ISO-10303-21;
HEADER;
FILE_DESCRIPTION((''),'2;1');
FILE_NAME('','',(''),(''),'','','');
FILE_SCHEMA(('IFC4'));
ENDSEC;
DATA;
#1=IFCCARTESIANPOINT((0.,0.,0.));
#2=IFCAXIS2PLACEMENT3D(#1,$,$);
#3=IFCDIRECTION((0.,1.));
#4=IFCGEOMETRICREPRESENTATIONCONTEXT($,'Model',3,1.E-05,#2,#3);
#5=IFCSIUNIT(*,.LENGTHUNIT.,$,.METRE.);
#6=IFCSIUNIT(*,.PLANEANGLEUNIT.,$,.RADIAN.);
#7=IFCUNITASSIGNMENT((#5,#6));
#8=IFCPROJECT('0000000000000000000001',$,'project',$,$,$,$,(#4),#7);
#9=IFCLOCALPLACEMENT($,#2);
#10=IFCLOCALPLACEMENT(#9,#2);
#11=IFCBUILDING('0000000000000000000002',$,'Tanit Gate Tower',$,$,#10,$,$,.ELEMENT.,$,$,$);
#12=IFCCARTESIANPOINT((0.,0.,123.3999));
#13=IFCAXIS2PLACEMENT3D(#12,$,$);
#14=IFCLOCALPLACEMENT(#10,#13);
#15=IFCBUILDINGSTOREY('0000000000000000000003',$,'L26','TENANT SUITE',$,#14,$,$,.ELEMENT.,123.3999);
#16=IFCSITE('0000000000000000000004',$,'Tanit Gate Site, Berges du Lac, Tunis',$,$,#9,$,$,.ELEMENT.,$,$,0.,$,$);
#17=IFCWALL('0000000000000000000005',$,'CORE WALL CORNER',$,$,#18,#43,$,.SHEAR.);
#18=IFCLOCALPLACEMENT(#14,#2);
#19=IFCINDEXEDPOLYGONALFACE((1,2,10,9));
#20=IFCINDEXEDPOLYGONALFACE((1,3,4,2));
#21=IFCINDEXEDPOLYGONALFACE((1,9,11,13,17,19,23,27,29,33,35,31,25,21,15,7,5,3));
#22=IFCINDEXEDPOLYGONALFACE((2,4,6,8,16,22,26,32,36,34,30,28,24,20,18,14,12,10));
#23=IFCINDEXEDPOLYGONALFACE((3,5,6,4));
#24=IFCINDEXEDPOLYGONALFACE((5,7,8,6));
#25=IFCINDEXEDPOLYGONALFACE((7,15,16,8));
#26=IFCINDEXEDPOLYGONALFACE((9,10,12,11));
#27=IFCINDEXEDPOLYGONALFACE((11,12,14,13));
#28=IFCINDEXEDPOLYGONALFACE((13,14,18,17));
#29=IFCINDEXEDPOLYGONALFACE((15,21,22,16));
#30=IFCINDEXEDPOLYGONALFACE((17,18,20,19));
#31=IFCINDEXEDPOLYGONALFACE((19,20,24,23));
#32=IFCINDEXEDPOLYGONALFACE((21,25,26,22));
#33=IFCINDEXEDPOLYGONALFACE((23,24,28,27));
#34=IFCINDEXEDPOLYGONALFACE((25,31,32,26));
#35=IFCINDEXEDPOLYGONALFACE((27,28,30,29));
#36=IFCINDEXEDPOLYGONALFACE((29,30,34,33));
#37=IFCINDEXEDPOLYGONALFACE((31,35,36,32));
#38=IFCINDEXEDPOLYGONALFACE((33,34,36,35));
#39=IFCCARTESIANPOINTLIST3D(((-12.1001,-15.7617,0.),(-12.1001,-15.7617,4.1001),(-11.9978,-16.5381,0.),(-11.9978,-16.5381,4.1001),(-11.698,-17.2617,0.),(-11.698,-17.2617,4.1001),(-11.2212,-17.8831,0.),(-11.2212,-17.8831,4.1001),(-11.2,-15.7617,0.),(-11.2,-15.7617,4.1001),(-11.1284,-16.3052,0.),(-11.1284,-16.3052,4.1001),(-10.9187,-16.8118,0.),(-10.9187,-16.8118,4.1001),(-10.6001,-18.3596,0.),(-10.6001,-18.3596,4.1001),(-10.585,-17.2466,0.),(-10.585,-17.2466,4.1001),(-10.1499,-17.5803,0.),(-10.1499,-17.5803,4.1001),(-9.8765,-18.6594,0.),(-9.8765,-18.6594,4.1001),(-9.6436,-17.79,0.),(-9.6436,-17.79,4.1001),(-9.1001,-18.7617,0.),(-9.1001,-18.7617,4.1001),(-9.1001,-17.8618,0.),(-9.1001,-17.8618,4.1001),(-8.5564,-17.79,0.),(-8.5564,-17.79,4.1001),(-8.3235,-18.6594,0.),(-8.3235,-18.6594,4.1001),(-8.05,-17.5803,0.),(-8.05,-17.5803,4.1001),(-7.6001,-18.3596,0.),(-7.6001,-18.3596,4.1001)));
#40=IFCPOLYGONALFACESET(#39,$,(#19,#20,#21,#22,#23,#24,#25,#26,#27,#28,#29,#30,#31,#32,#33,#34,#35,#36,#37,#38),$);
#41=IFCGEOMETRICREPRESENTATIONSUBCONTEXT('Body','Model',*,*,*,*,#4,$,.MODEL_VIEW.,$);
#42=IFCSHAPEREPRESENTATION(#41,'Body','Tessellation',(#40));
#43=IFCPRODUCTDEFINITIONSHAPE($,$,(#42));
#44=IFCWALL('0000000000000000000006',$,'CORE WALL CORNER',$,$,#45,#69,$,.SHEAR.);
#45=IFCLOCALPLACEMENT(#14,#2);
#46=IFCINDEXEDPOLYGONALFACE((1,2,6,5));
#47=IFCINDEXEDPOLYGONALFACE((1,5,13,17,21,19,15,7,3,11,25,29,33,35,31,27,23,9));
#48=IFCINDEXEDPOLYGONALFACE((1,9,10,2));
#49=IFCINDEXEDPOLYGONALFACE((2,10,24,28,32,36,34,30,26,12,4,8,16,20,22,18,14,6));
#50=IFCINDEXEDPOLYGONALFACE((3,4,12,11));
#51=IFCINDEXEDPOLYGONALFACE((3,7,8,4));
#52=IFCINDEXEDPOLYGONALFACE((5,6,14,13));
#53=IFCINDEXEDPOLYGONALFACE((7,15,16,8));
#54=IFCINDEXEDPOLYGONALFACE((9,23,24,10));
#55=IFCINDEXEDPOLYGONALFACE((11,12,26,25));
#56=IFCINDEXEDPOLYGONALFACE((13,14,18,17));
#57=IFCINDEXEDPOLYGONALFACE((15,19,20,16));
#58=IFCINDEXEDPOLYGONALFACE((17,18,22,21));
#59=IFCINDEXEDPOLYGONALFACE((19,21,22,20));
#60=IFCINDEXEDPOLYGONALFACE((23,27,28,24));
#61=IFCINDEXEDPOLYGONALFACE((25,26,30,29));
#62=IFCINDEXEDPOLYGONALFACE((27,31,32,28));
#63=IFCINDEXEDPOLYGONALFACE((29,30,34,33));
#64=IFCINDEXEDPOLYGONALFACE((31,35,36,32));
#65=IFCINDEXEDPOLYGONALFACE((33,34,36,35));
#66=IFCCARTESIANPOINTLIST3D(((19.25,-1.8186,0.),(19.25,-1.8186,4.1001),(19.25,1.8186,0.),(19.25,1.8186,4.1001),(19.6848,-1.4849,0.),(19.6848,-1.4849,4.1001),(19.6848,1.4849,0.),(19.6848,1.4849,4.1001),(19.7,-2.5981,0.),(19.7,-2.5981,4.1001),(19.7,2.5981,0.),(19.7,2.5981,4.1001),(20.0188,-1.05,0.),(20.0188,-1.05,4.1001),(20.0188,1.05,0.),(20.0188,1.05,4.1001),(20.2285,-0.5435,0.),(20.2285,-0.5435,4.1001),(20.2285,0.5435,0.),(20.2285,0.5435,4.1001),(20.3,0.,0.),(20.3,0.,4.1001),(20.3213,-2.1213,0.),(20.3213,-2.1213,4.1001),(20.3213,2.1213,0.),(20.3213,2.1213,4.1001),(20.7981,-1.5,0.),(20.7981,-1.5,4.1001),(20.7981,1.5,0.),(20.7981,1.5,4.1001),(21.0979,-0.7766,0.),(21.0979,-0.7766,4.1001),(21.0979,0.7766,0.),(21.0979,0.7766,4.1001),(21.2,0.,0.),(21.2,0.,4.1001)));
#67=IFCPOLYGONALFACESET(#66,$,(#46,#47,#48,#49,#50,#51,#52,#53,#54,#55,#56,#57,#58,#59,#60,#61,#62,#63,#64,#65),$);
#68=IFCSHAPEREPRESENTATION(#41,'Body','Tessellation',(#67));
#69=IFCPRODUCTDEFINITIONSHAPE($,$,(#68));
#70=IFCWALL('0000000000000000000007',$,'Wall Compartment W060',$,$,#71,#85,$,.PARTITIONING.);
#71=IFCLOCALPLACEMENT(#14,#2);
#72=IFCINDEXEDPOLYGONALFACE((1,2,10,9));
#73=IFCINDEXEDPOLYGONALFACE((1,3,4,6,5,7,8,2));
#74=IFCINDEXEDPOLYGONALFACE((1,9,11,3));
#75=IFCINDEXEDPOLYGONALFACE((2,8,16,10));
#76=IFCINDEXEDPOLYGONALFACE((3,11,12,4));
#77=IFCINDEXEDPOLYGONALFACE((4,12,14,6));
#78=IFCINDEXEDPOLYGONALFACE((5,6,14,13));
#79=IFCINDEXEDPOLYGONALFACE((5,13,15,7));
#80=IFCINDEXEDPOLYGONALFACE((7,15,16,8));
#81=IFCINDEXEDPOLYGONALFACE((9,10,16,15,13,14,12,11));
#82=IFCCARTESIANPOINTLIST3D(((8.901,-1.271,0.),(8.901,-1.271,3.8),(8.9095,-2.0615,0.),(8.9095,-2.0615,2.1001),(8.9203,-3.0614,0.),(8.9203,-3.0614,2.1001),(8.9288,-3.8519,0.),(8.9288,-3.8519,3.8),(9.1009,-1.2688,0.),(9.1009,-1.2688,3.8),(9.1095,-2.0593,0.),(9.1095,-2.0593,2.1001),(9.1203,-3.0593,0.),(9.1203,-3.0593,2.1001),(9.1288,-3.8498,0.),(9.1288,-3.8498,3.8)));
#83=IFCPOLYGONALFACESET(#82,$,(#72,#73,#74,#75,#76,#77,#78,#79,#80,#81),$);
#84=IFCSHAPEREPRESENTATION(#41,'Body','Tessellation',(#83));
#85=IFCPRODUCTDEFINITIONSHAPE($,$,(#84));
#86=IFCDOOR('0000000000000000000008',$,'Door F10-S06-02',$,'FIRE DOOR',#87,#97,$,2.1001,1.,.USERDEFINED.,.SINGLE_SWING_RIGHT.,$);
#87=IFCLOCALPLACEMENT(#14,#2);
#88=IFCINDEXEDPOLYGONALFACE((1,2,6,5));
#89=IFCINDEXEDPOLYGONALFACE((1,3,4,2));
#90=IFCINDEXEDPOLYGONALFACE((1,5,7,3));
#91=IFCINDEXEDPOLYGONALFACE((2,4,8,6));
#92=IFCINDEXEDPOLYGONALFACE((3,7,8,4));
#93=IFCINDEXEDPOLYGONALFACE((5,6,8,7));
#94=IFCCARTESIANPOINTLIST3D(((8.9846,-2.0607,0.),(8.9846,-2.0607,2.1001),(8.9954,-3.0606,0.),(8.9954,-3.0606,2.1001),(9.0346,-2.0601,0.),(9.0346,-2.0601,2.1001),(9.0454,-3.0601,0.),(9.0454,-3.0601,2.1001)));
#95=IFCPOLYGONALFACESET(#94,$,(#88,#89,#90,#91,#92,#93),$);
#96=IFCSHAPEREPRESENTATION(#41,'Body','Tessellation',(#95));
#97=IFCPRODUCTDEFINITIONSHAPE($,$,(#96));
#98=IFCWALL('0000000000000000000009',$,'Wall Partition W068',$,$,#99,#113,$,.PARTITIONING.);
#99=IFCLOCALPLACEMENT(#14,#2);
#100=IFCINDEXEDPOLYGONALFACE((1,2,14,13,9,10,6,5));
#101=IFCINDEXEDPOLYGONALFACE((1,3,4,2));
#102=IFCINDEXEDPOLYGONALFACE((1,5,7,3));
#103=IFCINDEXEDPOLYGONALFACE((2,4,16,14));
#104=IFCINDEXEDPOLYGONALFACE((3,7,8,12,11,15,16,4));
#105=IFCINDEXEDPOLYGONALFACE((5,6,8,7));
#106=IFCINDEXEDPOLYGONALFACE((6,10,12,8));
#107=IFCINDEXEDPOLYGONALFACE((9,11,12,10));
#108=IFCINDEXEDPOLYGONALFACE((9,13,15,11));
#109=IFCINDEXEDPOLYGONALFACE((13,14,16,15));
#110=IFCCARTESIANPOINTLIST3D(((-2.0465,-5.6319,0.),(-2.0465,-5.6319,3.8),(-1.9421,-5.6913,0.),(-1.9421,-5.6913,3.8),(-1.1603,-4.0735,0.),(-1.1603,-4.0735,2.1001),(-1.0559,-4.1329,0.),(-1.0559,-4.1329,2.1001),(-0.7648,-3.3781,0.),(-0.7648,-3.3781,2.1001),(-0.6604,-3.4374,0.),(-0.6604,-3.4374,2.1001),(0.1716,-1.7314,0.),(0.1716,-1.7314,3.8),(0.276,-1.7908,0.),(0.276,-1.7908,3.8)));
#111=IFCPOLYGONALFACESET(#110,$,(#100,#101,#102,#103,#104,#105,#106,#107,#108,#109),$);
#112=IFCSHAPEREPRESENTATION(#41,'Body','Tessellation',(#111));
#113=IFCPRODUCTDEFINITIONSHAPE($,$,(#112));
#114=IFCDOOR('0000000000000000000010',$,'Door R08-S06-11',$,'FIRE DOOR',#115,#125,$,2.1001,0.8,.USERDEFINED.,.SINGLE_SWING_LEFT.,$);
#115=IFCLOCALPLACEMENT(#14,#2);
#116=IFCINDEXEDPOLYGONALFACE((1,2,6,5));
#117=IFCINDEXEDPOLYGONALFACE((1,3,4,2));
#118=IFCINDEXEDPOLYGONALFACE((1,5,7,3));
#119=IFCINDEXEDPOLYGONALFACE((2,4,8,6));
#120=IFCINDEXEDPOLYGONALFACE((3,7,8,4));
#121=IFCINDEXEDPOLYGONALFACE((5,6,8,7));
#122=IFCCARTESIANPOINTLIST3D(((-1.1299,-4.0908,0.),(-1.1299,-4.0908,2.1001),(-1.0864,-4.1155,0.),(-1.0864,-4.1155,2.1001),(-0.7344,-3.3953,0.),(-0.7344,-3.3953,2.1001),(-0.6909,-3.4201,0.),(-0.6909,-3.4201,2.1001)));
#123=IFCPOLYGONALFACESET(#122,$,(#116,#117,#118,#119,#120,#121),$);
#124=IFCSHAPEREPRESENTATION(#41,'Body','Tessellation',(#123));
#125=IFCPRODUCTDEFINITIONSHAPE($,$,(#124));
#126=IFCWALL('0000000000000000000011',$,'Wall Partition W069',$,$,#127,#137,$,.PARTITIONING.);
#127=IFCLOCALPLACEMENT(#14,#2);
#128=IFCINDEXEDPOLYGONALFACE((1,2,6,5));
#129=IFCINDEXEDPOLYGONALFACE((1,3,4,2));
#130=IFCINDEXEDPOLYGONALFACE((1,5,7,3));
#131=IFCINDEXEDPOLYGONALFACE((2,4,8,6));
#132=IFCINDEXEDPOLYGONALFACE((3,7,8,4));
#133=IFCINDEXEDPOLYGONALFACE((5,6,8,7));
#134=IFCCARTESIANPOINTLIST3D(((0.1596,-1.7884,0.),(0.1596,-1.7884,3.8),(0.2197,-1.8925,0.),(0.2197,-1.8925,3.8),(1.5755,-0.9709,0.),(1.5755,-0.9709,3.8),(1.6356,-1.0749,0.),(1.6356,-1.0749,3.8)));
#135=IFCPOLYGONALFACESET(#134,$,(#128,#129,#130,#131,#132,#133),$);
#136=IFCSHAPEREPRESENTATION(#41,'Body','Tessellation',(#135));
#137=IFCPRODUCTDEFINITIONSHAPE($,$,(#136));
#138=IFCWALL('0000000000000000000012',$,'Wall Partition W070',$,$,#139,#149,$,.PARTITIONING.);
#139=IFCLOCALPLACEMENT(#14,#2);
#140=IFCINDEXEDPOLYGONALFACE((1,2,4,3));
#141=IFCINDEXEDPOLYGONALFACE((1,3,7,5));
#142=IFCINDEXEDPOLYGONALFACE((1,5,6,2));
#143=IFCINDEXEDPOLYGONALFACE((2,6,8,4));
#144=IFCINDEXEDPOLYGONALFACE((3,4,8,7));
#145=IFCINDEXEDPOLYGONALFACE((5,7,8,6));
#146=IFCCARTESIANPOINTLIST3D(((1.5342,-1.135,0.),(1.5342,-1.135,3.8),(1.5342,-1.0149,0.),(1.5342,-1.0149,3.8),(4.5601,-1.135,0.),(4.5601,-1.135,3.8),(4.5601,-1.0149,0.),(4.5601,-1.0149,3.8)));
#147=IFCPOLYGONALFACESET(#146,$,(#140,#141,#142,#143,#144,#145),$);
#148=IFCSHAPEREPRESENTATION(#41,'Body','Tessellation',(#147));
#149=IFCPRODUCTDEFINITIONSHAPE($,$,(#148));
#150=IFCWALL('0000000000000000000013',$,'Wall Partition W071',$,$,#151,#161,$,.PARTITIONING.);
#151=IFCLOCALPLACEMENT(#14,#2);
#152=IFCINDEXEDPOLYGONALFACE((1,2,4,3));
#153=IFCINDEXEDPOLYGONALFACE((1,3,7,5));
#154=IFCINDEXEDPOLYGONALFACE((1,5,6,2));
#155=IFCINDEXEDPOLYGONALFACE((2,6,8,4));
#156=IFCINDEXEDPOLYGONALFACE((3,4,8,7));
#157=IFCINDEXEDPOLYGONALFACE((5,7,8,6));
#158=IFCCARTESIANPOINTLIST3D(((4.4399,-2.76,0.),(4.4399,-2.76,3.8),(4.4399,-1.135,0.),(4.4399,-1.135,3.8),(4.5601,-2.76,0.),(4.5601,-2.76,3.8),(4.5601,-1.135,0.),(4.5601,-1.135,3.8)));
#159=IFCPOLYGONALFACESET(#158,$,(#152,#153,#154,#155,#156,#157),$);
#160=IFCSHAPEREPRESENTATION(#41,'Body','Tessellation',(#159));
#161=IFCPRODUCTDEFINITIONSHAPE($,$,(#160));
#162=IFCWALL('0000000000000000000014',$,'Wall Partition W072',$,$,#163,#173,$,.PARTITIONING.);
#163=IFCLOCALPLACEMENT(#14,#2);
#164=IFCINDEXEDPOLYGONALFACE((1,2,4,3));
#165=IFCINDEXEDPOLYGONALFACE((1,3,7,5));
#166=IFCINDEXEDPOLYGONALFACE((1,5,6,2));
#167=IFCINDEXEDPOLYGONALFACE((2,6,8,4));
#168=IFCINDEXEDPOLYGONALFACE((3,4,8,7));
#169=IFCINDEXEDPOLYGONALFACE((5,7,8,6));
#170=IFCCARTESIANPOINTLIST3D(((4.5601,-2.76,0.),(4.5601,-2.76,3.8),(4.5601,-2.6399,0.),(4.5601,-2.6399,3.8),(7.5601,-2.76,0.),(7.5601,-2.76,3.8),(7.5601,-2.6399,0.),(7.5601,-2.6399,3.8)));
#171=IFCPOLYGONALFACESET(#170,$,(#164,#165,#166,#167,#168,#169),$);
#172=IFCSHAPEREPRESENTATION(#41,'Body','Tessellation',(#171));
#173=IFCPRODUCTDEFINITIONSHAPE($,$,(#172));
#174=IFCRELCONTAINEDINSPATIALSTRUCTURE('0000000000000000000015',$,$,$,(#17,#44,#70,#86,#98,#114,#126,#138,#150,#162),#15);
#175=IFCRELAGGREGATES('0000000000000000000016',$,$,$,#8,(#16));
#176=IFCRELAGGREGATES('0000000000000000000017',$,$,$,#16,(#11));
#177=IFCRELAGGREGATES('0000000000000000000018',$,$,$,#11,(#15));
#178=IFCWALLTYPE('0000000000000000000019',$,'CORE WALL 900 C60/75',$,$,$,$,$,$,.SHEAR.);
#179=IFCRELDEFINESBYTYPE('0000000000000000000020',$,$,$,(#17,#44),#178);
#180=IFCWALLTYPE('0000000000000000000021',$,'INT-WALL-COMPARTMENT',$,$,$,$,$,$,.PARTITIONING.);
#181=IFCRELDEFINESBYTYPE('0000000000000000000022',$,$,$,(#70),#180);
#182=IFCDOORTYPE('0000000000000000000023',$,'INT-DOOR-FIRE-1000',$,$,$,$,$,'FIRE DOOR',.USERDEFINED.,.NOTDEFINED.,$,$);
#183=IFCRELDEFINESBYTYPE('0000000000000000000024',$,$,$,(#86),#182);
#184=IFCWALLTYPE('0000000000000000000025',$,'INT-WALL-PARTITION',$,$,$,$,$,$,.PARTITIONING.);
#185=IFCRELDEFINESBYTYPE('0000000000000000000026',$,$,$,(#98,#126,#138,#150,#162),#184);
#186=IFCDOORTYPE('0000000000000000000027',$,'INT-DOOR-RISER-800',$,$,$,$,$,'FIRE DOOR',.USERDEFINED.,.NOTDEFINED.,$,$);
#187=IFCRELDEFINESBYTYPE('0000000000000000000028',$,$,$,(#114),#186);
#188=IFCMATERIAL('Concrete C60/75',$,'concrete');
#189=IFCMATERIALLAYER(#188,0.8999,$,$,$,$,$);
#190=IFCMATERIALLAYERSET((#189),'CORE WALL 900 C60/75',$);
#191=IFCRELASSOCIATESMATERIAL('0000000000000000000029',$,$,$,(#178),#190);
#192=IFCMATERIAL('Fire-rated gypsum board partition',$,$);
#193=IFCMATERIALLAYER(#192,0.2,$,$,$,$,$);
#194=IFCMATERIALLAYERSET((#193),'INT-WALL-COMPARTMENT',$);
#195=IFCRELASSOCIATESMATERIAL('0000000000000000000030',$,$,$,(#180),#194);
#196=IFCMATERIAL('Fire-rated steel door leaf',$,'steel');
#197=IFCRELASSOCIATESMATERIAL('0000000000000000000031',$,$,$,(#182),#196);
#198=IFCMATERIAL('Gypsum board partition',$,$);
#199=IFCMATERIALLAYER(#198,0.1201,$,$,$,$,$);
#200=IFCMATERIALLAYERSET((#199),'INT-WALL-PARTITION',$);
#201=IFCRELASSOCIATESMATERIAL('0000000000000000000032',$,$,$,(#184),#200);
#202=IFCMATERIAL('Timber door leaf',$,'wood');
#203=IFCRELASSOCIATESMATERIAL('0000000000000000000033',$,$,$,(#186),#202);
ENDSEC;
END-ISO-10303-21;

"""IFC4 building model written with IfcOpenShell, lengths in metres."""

from ifc_helpers import new_model, si_unit, direction, frame, frame_2d, origin, place, context, subcontext, project, spatial, polyline, rectangle, outline, extrude, material, layer, layer_set, type_object, element, fill, save


model = new_model("IFC4")

# Units and contexts
model_context = context("Model", 3, precision=1e-05, world=origin(), true_north=direction((0.0, 1.0)))
body_context = subcontext(model_context, "Body", "Model", "MODEL_VIEW")
ifc_project = project(units=[si_unit("LENGTHUNIT", "METRE"), si_unit("PLANEANGLEUNIT", "RADIAN")], contexts=[model_context])

# Site, building, storey
site_placement = place(None, origin())
site = spatial("IfcSite", under=ifc_project, at=site_placement, Name="Tanit Gate Site, Berges du Lac, Tunis", CompositionType="ELEMENT", RefElevation=0.0)
building_placement = place(site_placement, origin())
building = spatial("IfcBuilding", under=site, at=building_placement, Name="Tanit Gate Tower", CompositionType="ELEMENT")
storey_placement = place(building_placement, frame((0.0, 0.0, 123.3999)))
storey = spatial("IfcBuildingStorey", under=building, at=storey_placement, Name="L26", Description="TENANT SUITE", CompositionType="ELEMENT", Elevation=123.3999)

# Walls
ifc_material_1 = material(Name="Concrete C60/75", Category="concrete")
ifc_layer_1 = layer(ifc_material_1, 0.8999)
ifc_layer_set_1 = layer_set([ifc_layer_1], Name="CORE WALL 900 C60/75")
wall_type_1 = type_object("IfcWallType", Name="CORE WALL 900 C60/75", PredefinedType="SHEAR", material=ifc_layer_set_1)
wall_1_placement = place(storey_placement, origin())
element("IfcWall", 1, at=wall_1_placement, inside=storey, type_object=wall_type_1, Name="CORE WALL CORNER", PredefinedType="SHEAR", context=body_context, shape_type="SweptSolid", body=[
    extrude(outline(polyline([(-12.1001, -15.7617), (-11.9978, -16.5381), (-11.698, -17.2617), (-11.2212, -17.8831), (-10.6001, -18.3596), (-9.8765, -18.6594), (-9.1001, -18.7617), (-8.3235, -18.6594), (-7.6001, -18.3596), (-8.05, -17.5803), (-8.5564, -17.79), (-9.1001, -17.8618), (-9.6436, -17.79), (-10.1499, -17.5803), (-10.585, -17.2466), (-10.9187, -16.8118), (-11.1284, -16.3052), (-11.2, -15.7617), (-12.1001, -15.7617)])), origin(), (0.0, 0.0, 1.0), 4.1001),
])
wall_2_placement = place(storey_placement, origin())
element("IfcWall", 2, at=wall_2_placement, inside=storey, type_object=wall_type_1, Name="CORE WALL CORNER", PredefinedType="SHEAR", context=body_context, shape_type="SweptSolid", body=[
    extrude(outline(polyline([(19.7, -2.5981), (20.3213, -2.1213), (20.7981, -1.5), (21.0979, -0.7766), (21.2, 0.0), (21.0979, 0.7766), (20.7981, 1.5), (20.3213, 2.1213), (19.7, 2.5981), (19.25, 1.8186), (19.6848, 1.4849), (20.0188, 1.05), (20.2285, 0.5435), (20.3, 0.0), (20.2285, -0.5435), (20.0188, -1.05), (19.6848, -1.4849), (19.25, -1.8186), (19.7, -2.5981)])), origin(), (0.0, 0.0, 1.0), 4.1001),
])

# Walls, openings, doors
ifc_material_2 = material(Name="Fire-rated gypsum board partition")
ifc_layer_2 = layer(ifc_material_2, 0.2)
ifc_layer_set_2 = layer_set([ifc_layer_2], Name="INT-WALL-COMPARTMENT")
wall_type_2 = type_object("IfcWallType", Name="INT-WALL-COMPARTMENT", PredefinedType="PARTITIONING", material=ifc_layer_set_2)
wall_3_placement = place(storey_placement, frame((9.0288, -3.8508, 0.0), z_axis=(0.0, 0.0, 1.0), x_axis=(-0.010784, 0.999942, 0.0)))
wall_3 = element("IfcWall", 3, at=wall_3_placement, inside=storey, type_object=wall_type_2, Name="Wall Compartment W060", PredefinedType="PARTITIONING", context=body_context, shape_type="SweptSolid", body=[
    extrude(rectangle(XDim=2.5811, YDim=0.2, at=frame_2d((1.2905, 0.0))), origin(), (0.0, 0.0, 1.0), 3.8),
])
opening_1_placement = place(wall_3_placement, frame((0.7905, 0.0, 0.0)))
opening_1 = element("IfcOpeningElement", 4, at=opening_1_placement, cuts=wall_3, PredefinedType="OPENING", context=body_context, shape_type="SweptSolid", body=[
    extrude(rectangle(XDim=1.0, YDim=2.1001, at=frame_2d((0.5, 1.05))), frame((0.0, 0.1099, 0.0), z_axis=(0.0, -1.0, 0.0), x_axis=(1.0, 0.0, 0.0)), (0.0, 0.0, 1.0), 0.22),
])
ifc_material_3 = material(Name="Fire-rated steel door leaf", Category="steel")
door_type_1 = type_object("IfcDoorType", Name="INT-DOOR-FIRE-1000", ElementType="FIRE DOOR", OperationType="NOTDEFINED", PredefinedType="USERDEFINED", material=ifc_material_3)
door_1_placement = place(opening_1_placement, origin())
door_1 = element("IfcDoor", 5, at=door_1_placement, inside=storey, type_object=door_type_1, Name="Door F10-S06-02", ObjectType="FIRE DOOR", OperationType="SINGLE_SWING_RIGHT", OverallHeight=2.1001, OverallWidth=1.0, PredefinedType="USERDEFINED", context=body_context, shape_type="SweptSolid", body=[
    extrude(rectangle(XDim=1.0, YDim=2.1001, at=frame_2d((0.5, 1.05))), frame((0.0, 0.0249, 0.0), z_axis=(0.0, -1.0, 0.0), x_axis=(1.0, 0.0, 0.0)), (0.0, 0.0, 1.0), 0.05),
])
fill(opening_1, door_1)
ifc_material_4 = material(Name="Gypsum board partition")
ifc_layer_3 = layer(ifc_material_4, 0.1201)
ifc_layer_set_3 = layer_set([ifc_layer_3], Name="INT-WALL-PARTITION")
wall_type_3 = type_object("IfcWallType", Name="INT-WALL-PARTITION", PredefinedType="PARTITIONING", material=ifc_layer_set_3)
wall_4_placement = place(storey_placement, frame((0.2239, -1.761, 0.0), z_axis=(0.0, 0.0, 1.0), x_axis=(-0.494327, -0.869276, 0.0)))
wall_4 = element("IfcWall", 6, at=wall_4_placement, inside=storey, type_object=wall_type_3, Name="Wall Partition W068", PredefinedType="PARTITIONING", context=body_context, shape_type="SweptSolid", body=[
    extrude(rectangle(XDim=4.4871, YDim=0.1201, at=frame_2d((2.2437, 0.0))), origin(), (0.0, 0.0, 1.0), 3.8),
])
opening_2_placement = place(wall_4_placement, frame((1.8945, 0.0, 0.0)))
opening_2 = element("IfcOpeningElement", 7, at=opening_2_placement, cuts=wall_4, PredefinedType="OPENING", context=body_context, shape_type="SweptSolid", body=[
    extrude(rectangle(XDim=0.8, YDim=2.1001, at=frame_2d((0.3999, 1.05))), frame((0.0, 0.0701, 0.0), z_axis=(0.0, -1.0, 0.0), x_axis=(1.0, 0.0, 0.0)), (0.0, 0.0, 1.0), 0.1401),
])
ifc_material_5 = material(Name="Timber door leaf", Category="wood")
door_type_2 = type_object("IfcDoorType", Name="INT-DOOR-RISER-800", ElementType="FIRE DOOR", OperationType="NOTDEFINED", PredefinedType="USERDEFINED", material=ifc_material_5)
door_2_placement = place(opening_2_placement, origin())
door_2 = element("IfcDoor", 8, at=door_2_placement, inside=storey, type_object=door_type_2, Name="Door R08-S06-11", ObjectType="FIRE DOOR", OperationType="SINGLE_SWING_LEFT", OverallHeight=2.1001, OverallWidth=0.8, PredefinedType="USERDEFINED", context=body_context, shape_type="SweptSolid", body=[
    extrude(rectangle(XDim=0.8, YDim=2.1001, at=frame_2d((0.3999, 1.05))), frame((0.0, 0.0249, 0.0), z_axis=(0.0, -1.0, 0.0), x_axis=(1.0, 0.0, 0.0)), (0.0, 0.0, 1.0), 0.05),
])
fill(opening_2, door_2)

# Walls
wall_5_placement = place(storey_placement, frame((1.6055, -1.0229, 0.0), z_axis=(0.0, 0.0, 1.0), x_axis=(-0.866002, -0.500041, 0.0)))
element("IfcWall", 9, at=wall_5_placement, inside=storey, type_object=wall_type_3, Name="Wall Partition W069", PredefinedType="PARTITIONING", context=body_context, shape_type="SweptSolid", body=[
    extrude(rectangle(XDim=1.635, YDim=0.1201, at=frame_2d((0.8174, 0.0))), origin(), (0.0, 0.0, 1.0), 3.8),
])
wall_6_placement = place(storey_placement, frame((4.5601, -1.075, 0.0), z_axis=(0.0, 0.0, 1.0), x_axis=(-1.0, 0.0, 0.0)))
element("IfcWall", 10, at=wall_6_placement, inside=storey, type_object=wall_type_3, Name="Wall Partition W070", PredefinedType="PARTITIONING", context=body_context, shape_type="SweptSolid", body=[
    extrude(rectangle(XDim=3.0259, YDim=0.1201, at=frame_2d((1.5129, 0.0))), origin(), (0.0, 0.0, 1.0), 3.8),
])
wall_7_placement = place(storey_placement, frame((4.5, -2.76, 0.0), z_axis=(0.0, 0.0, 1.0), x_axis=(0.0, 1.0, 0.0)))
element("IfcWall", 11, at=wall_7_placement, inside=storey, type_object=wall_type_3, Name="Wall Partition W071", PredefinedType="PARTITIONING", context=body_context, shape_type="SweptSolid", body=[
    extrude(rectangle(XDim=1.625, YDim=0.1201, at=frame_2d((0.8125, 0.0))), origin(), (0.0, 0.0, 1.0), 3.8),
])
wall_8_placement = place(storey_placement, frame((7.5601, -2.7, 0.0), z_axis=(0.0, 0.0, 1.0), x_axis=(-1.0, 0.0, 0.0)))
element("IfcWall", 12, at=wall_8_placement, inside=storey, type_object=wall_type_3, Name="Wall Partition W072", PredefinedType="PARTITIONING", context=body_context, shape_type="SweptSolid", body=[
    extrude(rectangle(XDim=3.0, YDim=0.1201, at=frame_2d((1.5, 0.0))), origin(), (0.0, 0.0, 1.0), 3.8),
])

save(model, "model.ifc")
